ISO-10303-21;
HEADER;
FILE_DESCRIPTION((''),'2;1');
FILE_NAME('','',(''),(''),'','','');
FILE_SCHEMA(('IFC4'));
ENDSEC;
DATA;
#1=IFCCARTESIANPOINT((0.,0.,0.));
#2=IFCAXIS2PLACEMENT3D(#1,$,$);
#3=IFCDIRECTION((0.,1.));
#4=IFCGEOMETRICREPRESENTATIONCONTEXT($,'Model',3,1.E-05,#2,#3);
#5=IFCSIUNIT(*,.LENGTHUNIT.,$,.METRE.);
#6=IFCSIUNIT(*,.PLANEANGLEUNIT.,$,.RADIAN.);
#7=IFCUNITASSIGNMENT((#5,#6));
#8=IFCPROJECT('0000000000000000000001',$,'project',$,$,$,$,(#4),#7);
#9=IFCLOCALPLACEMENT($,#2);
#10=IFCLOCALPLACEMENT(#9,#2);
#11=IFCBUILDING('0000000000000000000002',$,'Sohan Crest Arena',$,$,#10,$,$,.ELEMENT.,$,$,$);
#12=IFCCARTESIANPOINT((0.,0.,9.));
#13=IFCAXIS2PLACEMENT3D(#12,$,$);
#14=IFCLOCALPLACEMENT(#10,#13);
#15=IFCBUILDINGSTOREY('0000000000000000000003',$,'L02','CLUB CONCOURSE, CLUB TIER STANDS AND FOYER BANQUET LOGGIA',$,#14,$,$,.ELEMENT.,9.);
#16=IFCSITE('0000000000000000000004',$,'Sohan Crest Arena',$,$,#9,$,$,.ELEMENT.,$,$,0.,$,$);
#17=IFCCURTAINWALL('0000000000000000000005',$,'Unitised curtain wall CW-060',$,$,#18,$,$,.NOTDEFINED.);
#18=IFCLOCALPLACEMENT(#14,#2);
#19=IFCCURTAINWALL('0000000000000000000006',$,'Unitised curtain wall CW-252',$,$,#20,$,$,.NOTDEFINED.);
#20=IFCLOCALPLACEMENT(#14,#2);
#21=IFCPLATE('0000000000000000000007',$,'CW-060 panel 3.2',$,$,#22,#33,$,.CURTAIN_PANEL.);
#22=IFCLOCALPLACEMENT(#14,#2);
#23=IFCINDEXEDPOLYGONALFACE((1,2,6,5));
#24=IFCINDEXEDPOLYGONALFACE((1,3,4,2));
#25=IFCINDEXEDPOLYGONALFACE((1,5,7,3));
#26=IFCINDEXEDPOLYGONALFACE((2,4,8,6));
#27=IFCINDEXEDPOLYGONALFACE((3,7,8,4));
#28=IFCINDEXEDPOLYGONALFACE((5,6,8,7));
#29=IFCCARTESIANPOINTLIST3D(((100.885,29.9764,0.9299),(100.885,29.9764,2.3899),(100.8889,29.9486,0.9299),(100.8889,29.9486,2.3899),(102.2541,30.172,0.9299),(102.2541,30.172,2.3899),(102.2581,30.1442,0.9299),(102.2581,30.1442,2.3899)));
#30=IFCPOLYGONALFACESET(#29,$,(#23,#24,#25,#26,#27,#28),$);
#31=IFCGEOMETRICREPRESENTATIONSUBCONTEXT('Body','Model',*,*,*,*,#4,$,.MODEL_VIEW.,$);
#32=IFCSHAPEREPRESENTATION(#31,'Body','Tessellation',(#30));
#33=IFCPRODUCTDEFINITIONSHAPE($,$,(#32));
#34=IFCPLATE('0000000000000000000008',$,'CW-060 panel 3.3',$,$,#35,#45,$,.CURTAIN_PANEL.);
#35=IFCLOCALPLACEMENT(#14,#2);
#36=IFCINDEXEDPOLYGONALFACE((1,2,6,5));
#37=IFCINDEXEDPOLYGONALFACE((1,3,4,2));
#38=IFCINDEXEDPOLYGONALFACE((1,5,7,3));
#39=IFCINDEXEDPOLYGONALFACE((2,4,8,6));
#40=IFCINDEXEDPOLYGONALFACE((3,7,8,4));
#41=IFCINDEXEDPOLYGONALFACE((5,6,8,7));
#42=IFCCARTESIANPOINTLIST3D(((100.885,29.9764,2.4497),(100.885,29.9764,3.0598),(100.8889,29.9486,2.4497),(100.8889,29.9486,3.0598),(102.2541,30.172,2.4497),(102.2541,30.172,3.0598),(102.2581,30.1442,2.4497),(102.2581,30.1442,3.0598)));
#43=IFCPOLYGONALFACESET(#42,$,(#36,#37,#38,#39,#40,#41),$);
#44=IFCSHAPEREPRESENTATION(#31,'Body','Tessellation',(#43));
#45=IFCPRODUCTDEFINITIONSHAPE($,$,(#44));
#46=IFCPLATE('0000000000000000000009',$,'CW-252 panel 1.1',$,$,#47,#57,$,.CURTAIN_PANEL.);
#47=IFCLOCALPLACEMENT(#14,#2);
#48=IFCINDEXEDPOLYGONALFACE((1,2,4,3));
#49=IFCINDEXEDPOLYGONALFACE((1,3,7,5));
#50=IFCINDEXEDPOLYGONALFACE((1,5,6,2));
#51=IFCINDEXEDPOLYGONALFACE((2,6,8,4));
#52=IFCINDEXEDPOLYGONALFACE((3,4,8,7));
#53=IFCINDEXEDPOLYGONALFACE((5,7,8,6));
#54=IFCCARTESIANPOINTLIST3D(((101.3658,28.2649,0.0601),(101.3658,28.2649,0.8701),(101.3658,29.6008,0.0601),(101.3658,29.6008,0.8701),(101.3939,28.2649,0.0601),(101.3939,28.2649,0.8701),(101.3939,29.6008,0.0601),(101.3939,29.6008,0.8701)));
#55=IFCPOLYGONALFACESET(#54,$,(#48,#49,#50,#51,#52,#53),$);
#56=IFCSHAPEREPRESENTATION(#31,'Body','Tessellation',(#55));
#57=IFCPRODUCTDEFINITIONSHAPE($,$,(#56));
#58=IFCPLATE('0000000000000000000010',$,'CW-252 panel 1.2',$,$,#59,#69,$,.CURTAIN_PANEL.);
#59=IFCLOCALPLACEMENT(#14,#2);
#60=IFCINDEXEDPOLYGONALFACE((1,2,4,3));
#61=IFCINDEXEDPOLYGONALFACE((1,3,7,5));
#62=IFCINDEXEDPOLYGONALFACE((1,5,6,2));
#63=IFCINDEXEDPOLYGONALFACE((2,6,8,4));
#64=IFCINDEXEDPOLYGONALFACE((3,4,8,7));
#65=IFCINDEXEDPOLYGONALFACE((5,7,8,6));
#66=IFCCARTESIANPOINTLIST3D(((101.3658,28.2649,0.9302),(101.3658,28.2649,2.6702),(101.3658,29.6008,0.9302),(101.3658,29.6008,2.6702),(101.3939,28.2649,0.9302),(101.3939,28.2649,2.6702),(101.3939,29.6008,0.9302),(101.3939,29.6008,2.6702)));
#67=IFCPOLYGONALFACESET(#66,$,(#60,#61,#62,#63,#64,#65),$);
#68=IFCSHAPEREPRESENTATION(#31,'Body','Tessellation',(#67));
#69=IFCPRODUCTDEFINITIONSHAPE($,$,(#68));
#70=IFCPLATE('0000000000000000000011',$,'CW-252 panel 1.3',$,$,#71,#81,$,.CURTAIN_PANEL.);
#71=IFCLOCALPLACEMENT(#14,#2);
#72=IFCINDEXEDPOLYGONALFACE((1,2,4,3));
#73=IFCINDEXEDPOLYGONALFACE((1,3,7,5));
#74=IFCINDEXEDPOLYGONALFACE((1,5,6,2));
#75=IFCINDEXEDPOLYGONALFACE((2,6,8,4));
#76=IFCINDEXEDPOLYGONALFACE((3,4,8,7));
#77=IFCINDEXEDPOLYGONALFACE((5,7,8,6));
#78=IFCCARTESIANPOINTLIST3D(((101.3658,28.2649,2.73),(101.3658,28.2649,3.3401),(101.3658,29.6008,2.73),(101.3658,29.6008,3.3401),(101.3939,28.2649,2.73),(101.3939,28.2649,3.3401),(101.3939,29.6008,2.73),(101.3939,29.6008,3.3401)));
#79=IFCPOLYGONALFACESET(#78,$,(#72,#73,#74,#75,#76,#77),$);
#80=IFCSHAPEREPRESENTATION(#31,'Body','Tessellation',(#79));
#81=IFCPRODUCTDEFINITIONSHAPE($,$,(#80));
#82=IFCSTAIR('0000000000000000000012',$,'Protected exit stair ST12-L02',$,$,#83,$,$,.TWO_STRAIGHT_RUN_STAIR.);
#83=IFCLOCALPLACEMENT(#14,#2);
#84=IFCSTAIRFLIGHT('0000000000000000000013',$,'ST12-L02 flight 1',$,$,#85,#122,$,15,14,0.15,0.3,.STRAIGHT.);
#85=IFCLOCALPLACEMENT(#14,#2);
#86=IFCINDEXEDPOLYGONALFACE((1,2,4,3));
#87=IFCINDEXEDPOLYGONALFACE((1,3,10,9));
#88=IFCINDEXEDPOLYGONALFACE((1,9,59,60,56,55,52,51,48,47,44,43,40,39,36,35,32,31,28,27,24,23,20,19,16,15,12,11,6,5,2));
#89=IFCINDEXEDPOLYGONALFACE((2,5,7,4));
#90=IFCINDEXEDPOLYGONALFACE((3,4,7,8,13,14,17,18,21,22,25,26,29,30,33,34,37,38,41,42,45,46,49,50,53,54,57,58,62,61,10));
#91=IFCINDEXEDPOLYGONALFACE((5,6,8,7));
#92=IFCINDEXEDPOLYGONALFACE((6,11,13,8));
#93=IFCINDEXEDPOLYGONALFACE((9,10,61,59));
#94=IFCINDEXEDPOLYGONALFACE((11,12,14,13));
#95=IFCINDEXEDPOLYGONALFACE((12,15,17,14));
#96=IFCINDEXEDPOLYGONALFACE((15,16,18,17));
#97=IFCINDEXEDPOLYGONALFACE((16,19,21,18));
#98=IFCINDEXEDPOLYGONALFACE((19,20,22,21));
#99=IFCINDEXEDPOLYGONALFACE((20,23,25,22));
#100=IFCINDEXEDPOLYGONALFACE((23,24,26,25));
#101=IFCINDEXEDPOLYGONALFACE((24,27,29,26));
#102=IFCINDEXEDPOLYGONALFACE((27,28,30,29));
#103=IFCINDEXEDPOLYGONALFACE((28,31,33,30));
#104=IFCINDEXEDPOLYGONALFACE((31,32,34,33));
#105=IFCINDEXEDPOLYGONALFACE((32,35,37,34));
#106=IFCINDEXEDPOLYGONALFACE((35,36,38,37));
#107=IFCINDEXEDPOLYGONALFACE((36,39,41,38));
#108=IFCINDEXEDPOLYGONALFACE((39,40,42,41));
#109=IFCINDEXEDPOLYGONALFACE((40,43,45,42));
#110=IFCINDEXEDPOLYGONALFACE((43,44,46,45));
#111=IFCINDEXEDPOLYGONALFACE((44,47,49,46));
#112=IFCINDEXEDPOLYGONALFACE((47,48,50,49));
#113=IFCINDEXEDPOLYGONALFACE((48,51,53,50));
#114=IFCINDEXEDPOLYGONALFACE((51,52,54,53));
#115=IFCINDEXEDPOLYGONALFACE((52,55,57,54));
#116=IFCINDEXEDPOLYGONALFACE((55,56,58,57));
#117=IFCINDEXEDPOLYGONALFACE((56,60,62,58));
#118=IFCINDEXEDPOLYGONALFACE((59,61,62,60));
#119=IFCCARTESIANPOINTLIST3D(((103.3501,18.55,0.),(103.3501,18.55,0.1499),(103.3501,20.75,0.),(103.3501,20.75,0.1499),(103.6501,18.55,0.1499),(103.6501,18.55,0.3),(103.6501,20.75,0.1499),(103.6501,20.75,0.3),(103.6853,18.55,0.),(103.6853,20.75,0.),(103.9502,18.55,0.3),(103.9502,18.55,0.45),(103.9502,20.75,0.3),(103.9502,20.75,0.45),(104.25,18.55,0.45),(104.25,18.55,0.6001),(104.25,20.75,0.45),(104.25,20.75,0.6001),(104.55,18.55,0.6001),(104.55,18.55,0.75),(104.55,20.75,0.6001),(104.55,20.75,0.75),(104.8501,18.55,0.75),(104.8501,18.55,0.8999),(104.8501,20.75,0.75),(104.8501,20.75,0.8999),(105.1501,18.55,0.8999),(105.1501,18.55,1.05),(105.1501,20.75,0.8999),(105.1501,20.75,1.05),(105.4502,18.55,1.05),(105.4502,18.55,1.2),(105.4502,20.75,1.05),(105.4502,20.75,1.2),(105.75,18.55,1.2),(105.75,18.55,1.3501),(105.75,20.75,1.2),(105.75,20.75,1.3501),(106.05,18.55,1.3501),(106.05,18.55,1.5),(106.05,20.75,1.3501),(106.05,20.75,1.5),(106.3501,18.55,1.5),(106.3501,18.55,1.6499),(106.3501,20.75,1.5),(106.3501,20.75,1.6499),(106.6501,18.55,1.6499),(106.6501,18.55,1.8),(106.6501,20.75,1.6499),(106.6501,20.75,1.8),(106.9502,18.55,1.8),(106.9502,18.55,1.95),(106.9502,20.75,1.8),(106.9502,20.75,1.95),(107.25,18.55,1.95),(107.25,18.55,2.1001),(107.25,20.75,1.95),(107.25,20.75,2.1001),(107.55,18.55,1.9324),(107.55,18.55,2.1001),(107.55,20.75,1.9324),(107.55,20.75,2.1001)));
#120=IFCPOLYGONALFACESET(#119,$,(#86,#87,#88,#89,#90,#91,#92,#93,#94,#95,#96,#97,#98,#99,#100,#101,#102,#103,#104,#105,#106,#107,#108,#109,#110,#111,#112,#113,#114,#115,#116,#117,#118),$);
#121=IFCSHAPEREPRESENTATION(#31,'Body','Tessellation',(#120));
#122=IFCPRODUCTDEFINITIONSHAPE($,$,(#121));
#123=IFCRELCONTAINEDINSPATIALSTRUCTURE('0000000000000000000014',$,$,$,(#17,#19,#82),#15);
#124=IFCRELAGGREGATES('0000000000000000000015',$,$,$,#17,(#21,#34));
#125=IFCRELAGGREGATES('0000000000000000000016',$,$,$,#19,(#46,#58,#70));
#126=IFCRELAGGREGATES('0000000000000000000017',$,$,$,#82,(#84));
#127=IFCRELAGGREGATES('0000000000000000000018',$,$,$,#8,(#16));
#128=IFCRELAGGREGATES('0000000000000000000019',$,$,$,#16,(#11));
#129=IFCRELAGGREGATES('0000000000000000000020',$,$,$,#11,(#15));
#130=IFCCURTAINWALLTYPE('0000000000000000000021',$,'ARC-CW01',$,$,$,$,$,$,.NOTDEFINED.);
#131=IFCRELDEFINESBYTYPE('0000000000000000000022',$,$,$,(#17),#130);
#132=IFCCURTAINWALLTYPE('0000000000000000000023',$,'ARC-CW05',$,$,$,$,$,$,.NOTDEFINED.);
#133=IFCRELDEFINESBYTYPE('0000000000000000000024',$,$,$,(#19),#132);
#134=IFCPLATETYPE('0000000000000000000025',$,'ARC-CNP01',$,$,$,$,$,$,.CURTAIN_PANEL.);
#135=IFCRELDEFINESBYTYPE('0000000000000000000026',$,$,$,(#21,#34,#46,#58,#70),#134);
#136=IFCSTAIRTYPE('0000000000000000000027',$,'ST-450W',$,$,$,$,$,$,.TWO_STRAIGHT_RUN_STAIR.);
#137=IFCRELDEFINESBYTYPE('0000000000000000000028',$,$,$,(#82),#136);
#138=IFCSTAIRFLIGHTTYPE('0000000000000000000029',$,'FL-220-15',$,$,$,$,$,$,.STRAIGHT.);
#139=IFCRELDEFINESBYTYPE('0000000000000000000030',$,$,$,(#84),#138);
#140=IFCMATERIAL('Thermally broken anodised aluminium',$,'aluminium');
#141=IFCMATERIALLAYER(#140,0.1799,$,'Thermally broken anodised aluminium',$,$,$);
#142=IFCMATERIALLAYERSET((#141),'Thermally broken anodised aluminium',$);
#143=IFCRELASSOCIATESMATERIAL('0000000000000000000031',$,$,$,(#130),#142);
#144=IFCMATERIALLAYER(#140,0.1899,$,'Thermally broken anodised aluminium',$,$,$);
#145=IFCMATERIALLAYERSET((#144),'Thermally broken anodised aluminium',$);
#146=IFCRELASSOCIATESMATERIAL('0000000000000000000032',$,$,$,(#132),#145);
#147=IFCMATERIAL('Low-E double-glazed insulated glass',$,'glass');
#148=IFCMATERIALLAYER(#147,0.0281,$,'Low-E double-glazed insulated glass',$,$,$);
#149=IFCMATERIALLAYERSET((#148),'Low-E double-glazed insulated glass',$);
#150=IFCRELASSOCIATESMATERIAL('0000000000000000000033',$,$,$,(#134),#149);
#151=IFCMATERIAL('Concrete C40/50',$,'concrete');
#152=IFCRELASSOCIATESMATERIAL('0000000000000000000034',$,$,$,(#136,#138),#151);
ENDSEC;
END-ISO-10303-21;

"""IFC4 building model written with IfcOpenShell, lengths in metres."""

from ifc_helpers import new_model, si_unit, direction, frame, origin, origin_2d, place, context, subcontext, project, spatial, polyline, rectangle, outline, extrude, material, layer, layer_set, type_object, element, aggregate, save


model = new_model("IFC4")

# Units and contexts
model_context = context("Model", 3, precision=1e-05, world=origin(), true_north=direction((0.0, 1.0)))
body_context = subcontext(model_context, "Body", "Model", "MODEL_VIEW")
ifc_project = project(units=[si_unit("LENGTHUNIT", "METRE"), si_unit("PLANEANGLEUNIT", "RADIAN")], contexts=[model_context])

# Site, building, storey
site_placement = place(None, origin())
site = spatial("IfcSite", under=ifc_project, at=site_placement, Name="Sohan Crest Arena", CompositionType="ELEMENT", RefElevation=0.0)
building_placement = place(site_placement, origin())
building = spatial("IfcBuilding", under=site, at=building_placement, Name="Sohan Crest Arena", CompositionType="ELEMENT")
storey_placement = place(building_placement, frame((0.0, 0.0, 9.0)))
storey = spatial("IfcBuildingStorey", under=building, at=storey_placement, Name="L02", Description="CLUB CONCOURSE, CLUB TIER STANDS AND FOYER BANQUET LOGGIA", CompositionType="ELEMENT", Elevation=9.0)

# Curtain wall
ifc_material_1 = material(Name="Thermally broken anodised aluminium", Category="aluminium")
ifc_layer_1 = layer(ifc_material_1, 0.1799, Name="Thermally broken anodised aluminium")
ifc_layer_set_1 = layer_set([ifc_layer_1], Name="Thermally broken anodised aluminium")
curtain_wall_type_1 = type_object("IfcCurtainWallType", Name="ARC-CW01", PredefinedType="NOTDEFINED", material=ifc_layer_set_1)
curtain_wall_1_placement = place(storey_placement, origin())
curtain_wall_1 = element("IfcCurtainWall", 1, at=curtain_wall_1_placement, inside=storey, type_object=curtain_wall_type_1, Name="Unitised curtain wall CW-060", PredefinedType="NOTDEFINED")

# Curtain wall
ifc_layer_2 = layer(ifc_material_1, 0.1899, Name="Thermally broken anodised aluminium")
ifc_layer_set_2 = layer_set([ifc_layer_2], Name="Thermally broken anodised aluminium")
curtain_wall_type_2 = type_object("IfcCurtainWallType", Name="ARC-CW05", PredefinedType="NOTDEFINED", material=ifc_layer_set_2)
curtain_wall_2_placement = place(storey_placement, origin())
curtain_wall_2 = element("IfcCurtainWall", 2, at=curtain_wall_2_placement, inside=storey, type_object=curtain_wall_type_2, Name="Unitised curtain wall CW-252", PredefinedType="NOTDEFINED")

# Plates
ifc_material_2 = material(Name="Low-E double-glazed insulated glass", Category="glass")
ifc_layer_3 = layer(ifc_material_2, 0.0281, Name="Low-E double-glazed insulated glass")
ifc_layer_set_3 = layer_set([ifc_layer_3], Name="Low-E double-glazed insulated glass")
plate_type = type_object("IfcPlateType", Name="ARC-CNP01", PredefinedType="CURTAIN_PANEL", material=ifc_layer_set_3)
plate_1_placement = place(storey_placement, frame((101.5715, 30.0603, 0.9299), z_axis=(0.0, 0.0, 1.0), x_axis=(0.989944, 0.141463, 0.0)))
plate_1 = element("IfcPlate", 3, at=plate_1_placement, type_object=plate_type, Name="CW-060 panel 3.2", PredefinedType="CURTAIN_PANEL", context=body_context, shape_type="SweptSolid", body=[
    extrude(rectangle(XDim=1.3831, YDim=0.0281, at=origin_2d()), origin(), (0.0, 0.0, 1.0), 1.46),
])
plate_2_placement = place(storey_placement, frame((101.5715, 30.0603, 2.4497), z_axis=(0.0, 0.0, 1.0), x_axis=(0.989944, 0.141463, 0.0)))
plate_2 = element("IfcPlate", 4, at=plate_2_placement, type_object=plate_type, Name="CW-060 panel 3.3", PredefinedType="CURTAIN_PANEL", context=body_context, shape_type="SweptSolid", body=[
    extrude(rectangle(XDim=1.3831, YDim=0.0281, at=origin_2d()), origin(), (0.0, 0.0, 1.0), 0.6101),
])
aggregate(curtain_wall_1, [plate_1, plate_2])
plate_3_placement = place(storey_placement, frame((101.3799, 28.9329, 0.0601), z_axis=(0.0, 0.0, 1.0), x_axis=(0.0, 1.0, 0.0)))
plate_3 = element("IfcPlate", 5, at=plate_3_placement, type_object=plate_type, Name="CW-252 panel 1.1", PredefinedType="CURTAIN_PANEL", context=body_context, shape_type="SweptSolid", body=[
    extrude(rectangle(XDim=1.3359, YDim=0.0281, at=origin_2d()), origin(), (0.0, 0.0, 1.0), 0.8101),
])
plate_4_placement = place(storey_placement, frame((101.3799, 28.9329, 0.9302), z_axis=(0.0, 0.0, 1.0), x_axis=(0.0, 1.0, 0.0)))
plate_4 = element("IfcPlate", 6, at=plate_4_placement, type_object=plate_type, Name="CW-252 panel 1.2", PredefinedType="CURTAIN_PANEL", context=body_context, shape_type="SweptSolid", body=[
    extrude(rectangle(XDim=1.3359, YDim=0.0281, at=origin_2d()), origin(), (0.0, 0.0, 1.0), 1.74),
])
plate_5_placement = place(storey_placement, frame((101.3799, 28.9329, 2.73), z_axis=(0.0, 0.0, 1.0), x_axis=(0.0, 1.0, 0.0)))
plate_5 = element("IfcPlate", 7, at=plate_5_placement, type_object=plate_type, Name="CW-252 panel 1.3", PredefinedType="CURTAIN_PANEL", context=body_context, shape_type="SweptSolid", body=[
    extrude(rectangle(XDim=1.3359, YDim=0.0281, at=origin_2d()), origin(), (0.0, 0.0, 1.0), 0.6101),
])
aggregate(curtain_wall_2, [plate_3, plate_4, plate_5])

# Stair, stair flight
ifc_material_3 = material(Name="Concrete C40/50", Category="concrete")
stair_type = type_object("IfcStairType", Name="ST-450W", PredefinedType="TWO_STRAIGHT_RUN_STAIR", material=ifc_material_3)
stair_placement = place(storey_placement, origin())
stair = element("IfcStair", 8, at=stair_placement, inside=storey, type_object=stair_type, Name="Protected exit stair ST12-L02", PredefinedType="TWO_STRAIGHT_RUN_STAIR")
stair_flight_type = type_object("IfcStairFlightType", Name="FL-220-15", PredefinedType="STRAIGHT", material=ifc_material_3)
stair_flight_placement = place(storey_placement, frame((103.3501, 19.6499, 0.0), z_axis=(0.0, 0.0, 1.0), x_axis=(1.0, 0.0, 0.0)))
stair_flight = element("IfcStairFlight", 9, at=stair_flight_placement, type_object=stair_flight_type, Name="ST12-L02 flight 1", NumberOfRisers=15, NumberOfTreads=14, PredefinedType="STRAIGHT", RiserHeight=0.15, TreadLength=0.3, context=body_context, shape_type="SweptSolid", body=[
    extrude(outline(polyline([(0.0, 0.0), (0.0, 0.1499), (0.3, 0.1499), (0.3, 0.3), (0.6001, 0.3), (0.6001, 0.45), (0.8999, 0.45), (0.8999, 0.6001), (1.2, 0.6001), (1.2, 0.75), (1.5, 0.75), (1.5, 0.8999), (1.8, 0.8999), (1.8, 1.05), (2.1001, 1.05), (2.1001, 1.2), (2.3999, 1.2), (2.3999, 1.3501), (2.7, 1.3501), (2.7, 1.5), (3.0, 1.5), (3.0, 1.6499), (3.3, 1.6499), (3.3, 1.8), (3.6001, 1.8), (3.6001, 1.95), (3.8999, 1.95), (3.8999, 2.1001), (4.2, 2.1001), (4.2, 2.25), (4.2, 1.9324), (0.3352, 0.0), (0.0, 0.0)])), frame((0.0, 1.1001, 0.0), z_axis=(0.0, -1.0, 0.0), x_axis=(1.0, 0.0, 0.0)), (0.0, 0.0, 1.0), 2.2),
])
aggregate(stair, [stair_flight])

save(model, "model.ifc")
